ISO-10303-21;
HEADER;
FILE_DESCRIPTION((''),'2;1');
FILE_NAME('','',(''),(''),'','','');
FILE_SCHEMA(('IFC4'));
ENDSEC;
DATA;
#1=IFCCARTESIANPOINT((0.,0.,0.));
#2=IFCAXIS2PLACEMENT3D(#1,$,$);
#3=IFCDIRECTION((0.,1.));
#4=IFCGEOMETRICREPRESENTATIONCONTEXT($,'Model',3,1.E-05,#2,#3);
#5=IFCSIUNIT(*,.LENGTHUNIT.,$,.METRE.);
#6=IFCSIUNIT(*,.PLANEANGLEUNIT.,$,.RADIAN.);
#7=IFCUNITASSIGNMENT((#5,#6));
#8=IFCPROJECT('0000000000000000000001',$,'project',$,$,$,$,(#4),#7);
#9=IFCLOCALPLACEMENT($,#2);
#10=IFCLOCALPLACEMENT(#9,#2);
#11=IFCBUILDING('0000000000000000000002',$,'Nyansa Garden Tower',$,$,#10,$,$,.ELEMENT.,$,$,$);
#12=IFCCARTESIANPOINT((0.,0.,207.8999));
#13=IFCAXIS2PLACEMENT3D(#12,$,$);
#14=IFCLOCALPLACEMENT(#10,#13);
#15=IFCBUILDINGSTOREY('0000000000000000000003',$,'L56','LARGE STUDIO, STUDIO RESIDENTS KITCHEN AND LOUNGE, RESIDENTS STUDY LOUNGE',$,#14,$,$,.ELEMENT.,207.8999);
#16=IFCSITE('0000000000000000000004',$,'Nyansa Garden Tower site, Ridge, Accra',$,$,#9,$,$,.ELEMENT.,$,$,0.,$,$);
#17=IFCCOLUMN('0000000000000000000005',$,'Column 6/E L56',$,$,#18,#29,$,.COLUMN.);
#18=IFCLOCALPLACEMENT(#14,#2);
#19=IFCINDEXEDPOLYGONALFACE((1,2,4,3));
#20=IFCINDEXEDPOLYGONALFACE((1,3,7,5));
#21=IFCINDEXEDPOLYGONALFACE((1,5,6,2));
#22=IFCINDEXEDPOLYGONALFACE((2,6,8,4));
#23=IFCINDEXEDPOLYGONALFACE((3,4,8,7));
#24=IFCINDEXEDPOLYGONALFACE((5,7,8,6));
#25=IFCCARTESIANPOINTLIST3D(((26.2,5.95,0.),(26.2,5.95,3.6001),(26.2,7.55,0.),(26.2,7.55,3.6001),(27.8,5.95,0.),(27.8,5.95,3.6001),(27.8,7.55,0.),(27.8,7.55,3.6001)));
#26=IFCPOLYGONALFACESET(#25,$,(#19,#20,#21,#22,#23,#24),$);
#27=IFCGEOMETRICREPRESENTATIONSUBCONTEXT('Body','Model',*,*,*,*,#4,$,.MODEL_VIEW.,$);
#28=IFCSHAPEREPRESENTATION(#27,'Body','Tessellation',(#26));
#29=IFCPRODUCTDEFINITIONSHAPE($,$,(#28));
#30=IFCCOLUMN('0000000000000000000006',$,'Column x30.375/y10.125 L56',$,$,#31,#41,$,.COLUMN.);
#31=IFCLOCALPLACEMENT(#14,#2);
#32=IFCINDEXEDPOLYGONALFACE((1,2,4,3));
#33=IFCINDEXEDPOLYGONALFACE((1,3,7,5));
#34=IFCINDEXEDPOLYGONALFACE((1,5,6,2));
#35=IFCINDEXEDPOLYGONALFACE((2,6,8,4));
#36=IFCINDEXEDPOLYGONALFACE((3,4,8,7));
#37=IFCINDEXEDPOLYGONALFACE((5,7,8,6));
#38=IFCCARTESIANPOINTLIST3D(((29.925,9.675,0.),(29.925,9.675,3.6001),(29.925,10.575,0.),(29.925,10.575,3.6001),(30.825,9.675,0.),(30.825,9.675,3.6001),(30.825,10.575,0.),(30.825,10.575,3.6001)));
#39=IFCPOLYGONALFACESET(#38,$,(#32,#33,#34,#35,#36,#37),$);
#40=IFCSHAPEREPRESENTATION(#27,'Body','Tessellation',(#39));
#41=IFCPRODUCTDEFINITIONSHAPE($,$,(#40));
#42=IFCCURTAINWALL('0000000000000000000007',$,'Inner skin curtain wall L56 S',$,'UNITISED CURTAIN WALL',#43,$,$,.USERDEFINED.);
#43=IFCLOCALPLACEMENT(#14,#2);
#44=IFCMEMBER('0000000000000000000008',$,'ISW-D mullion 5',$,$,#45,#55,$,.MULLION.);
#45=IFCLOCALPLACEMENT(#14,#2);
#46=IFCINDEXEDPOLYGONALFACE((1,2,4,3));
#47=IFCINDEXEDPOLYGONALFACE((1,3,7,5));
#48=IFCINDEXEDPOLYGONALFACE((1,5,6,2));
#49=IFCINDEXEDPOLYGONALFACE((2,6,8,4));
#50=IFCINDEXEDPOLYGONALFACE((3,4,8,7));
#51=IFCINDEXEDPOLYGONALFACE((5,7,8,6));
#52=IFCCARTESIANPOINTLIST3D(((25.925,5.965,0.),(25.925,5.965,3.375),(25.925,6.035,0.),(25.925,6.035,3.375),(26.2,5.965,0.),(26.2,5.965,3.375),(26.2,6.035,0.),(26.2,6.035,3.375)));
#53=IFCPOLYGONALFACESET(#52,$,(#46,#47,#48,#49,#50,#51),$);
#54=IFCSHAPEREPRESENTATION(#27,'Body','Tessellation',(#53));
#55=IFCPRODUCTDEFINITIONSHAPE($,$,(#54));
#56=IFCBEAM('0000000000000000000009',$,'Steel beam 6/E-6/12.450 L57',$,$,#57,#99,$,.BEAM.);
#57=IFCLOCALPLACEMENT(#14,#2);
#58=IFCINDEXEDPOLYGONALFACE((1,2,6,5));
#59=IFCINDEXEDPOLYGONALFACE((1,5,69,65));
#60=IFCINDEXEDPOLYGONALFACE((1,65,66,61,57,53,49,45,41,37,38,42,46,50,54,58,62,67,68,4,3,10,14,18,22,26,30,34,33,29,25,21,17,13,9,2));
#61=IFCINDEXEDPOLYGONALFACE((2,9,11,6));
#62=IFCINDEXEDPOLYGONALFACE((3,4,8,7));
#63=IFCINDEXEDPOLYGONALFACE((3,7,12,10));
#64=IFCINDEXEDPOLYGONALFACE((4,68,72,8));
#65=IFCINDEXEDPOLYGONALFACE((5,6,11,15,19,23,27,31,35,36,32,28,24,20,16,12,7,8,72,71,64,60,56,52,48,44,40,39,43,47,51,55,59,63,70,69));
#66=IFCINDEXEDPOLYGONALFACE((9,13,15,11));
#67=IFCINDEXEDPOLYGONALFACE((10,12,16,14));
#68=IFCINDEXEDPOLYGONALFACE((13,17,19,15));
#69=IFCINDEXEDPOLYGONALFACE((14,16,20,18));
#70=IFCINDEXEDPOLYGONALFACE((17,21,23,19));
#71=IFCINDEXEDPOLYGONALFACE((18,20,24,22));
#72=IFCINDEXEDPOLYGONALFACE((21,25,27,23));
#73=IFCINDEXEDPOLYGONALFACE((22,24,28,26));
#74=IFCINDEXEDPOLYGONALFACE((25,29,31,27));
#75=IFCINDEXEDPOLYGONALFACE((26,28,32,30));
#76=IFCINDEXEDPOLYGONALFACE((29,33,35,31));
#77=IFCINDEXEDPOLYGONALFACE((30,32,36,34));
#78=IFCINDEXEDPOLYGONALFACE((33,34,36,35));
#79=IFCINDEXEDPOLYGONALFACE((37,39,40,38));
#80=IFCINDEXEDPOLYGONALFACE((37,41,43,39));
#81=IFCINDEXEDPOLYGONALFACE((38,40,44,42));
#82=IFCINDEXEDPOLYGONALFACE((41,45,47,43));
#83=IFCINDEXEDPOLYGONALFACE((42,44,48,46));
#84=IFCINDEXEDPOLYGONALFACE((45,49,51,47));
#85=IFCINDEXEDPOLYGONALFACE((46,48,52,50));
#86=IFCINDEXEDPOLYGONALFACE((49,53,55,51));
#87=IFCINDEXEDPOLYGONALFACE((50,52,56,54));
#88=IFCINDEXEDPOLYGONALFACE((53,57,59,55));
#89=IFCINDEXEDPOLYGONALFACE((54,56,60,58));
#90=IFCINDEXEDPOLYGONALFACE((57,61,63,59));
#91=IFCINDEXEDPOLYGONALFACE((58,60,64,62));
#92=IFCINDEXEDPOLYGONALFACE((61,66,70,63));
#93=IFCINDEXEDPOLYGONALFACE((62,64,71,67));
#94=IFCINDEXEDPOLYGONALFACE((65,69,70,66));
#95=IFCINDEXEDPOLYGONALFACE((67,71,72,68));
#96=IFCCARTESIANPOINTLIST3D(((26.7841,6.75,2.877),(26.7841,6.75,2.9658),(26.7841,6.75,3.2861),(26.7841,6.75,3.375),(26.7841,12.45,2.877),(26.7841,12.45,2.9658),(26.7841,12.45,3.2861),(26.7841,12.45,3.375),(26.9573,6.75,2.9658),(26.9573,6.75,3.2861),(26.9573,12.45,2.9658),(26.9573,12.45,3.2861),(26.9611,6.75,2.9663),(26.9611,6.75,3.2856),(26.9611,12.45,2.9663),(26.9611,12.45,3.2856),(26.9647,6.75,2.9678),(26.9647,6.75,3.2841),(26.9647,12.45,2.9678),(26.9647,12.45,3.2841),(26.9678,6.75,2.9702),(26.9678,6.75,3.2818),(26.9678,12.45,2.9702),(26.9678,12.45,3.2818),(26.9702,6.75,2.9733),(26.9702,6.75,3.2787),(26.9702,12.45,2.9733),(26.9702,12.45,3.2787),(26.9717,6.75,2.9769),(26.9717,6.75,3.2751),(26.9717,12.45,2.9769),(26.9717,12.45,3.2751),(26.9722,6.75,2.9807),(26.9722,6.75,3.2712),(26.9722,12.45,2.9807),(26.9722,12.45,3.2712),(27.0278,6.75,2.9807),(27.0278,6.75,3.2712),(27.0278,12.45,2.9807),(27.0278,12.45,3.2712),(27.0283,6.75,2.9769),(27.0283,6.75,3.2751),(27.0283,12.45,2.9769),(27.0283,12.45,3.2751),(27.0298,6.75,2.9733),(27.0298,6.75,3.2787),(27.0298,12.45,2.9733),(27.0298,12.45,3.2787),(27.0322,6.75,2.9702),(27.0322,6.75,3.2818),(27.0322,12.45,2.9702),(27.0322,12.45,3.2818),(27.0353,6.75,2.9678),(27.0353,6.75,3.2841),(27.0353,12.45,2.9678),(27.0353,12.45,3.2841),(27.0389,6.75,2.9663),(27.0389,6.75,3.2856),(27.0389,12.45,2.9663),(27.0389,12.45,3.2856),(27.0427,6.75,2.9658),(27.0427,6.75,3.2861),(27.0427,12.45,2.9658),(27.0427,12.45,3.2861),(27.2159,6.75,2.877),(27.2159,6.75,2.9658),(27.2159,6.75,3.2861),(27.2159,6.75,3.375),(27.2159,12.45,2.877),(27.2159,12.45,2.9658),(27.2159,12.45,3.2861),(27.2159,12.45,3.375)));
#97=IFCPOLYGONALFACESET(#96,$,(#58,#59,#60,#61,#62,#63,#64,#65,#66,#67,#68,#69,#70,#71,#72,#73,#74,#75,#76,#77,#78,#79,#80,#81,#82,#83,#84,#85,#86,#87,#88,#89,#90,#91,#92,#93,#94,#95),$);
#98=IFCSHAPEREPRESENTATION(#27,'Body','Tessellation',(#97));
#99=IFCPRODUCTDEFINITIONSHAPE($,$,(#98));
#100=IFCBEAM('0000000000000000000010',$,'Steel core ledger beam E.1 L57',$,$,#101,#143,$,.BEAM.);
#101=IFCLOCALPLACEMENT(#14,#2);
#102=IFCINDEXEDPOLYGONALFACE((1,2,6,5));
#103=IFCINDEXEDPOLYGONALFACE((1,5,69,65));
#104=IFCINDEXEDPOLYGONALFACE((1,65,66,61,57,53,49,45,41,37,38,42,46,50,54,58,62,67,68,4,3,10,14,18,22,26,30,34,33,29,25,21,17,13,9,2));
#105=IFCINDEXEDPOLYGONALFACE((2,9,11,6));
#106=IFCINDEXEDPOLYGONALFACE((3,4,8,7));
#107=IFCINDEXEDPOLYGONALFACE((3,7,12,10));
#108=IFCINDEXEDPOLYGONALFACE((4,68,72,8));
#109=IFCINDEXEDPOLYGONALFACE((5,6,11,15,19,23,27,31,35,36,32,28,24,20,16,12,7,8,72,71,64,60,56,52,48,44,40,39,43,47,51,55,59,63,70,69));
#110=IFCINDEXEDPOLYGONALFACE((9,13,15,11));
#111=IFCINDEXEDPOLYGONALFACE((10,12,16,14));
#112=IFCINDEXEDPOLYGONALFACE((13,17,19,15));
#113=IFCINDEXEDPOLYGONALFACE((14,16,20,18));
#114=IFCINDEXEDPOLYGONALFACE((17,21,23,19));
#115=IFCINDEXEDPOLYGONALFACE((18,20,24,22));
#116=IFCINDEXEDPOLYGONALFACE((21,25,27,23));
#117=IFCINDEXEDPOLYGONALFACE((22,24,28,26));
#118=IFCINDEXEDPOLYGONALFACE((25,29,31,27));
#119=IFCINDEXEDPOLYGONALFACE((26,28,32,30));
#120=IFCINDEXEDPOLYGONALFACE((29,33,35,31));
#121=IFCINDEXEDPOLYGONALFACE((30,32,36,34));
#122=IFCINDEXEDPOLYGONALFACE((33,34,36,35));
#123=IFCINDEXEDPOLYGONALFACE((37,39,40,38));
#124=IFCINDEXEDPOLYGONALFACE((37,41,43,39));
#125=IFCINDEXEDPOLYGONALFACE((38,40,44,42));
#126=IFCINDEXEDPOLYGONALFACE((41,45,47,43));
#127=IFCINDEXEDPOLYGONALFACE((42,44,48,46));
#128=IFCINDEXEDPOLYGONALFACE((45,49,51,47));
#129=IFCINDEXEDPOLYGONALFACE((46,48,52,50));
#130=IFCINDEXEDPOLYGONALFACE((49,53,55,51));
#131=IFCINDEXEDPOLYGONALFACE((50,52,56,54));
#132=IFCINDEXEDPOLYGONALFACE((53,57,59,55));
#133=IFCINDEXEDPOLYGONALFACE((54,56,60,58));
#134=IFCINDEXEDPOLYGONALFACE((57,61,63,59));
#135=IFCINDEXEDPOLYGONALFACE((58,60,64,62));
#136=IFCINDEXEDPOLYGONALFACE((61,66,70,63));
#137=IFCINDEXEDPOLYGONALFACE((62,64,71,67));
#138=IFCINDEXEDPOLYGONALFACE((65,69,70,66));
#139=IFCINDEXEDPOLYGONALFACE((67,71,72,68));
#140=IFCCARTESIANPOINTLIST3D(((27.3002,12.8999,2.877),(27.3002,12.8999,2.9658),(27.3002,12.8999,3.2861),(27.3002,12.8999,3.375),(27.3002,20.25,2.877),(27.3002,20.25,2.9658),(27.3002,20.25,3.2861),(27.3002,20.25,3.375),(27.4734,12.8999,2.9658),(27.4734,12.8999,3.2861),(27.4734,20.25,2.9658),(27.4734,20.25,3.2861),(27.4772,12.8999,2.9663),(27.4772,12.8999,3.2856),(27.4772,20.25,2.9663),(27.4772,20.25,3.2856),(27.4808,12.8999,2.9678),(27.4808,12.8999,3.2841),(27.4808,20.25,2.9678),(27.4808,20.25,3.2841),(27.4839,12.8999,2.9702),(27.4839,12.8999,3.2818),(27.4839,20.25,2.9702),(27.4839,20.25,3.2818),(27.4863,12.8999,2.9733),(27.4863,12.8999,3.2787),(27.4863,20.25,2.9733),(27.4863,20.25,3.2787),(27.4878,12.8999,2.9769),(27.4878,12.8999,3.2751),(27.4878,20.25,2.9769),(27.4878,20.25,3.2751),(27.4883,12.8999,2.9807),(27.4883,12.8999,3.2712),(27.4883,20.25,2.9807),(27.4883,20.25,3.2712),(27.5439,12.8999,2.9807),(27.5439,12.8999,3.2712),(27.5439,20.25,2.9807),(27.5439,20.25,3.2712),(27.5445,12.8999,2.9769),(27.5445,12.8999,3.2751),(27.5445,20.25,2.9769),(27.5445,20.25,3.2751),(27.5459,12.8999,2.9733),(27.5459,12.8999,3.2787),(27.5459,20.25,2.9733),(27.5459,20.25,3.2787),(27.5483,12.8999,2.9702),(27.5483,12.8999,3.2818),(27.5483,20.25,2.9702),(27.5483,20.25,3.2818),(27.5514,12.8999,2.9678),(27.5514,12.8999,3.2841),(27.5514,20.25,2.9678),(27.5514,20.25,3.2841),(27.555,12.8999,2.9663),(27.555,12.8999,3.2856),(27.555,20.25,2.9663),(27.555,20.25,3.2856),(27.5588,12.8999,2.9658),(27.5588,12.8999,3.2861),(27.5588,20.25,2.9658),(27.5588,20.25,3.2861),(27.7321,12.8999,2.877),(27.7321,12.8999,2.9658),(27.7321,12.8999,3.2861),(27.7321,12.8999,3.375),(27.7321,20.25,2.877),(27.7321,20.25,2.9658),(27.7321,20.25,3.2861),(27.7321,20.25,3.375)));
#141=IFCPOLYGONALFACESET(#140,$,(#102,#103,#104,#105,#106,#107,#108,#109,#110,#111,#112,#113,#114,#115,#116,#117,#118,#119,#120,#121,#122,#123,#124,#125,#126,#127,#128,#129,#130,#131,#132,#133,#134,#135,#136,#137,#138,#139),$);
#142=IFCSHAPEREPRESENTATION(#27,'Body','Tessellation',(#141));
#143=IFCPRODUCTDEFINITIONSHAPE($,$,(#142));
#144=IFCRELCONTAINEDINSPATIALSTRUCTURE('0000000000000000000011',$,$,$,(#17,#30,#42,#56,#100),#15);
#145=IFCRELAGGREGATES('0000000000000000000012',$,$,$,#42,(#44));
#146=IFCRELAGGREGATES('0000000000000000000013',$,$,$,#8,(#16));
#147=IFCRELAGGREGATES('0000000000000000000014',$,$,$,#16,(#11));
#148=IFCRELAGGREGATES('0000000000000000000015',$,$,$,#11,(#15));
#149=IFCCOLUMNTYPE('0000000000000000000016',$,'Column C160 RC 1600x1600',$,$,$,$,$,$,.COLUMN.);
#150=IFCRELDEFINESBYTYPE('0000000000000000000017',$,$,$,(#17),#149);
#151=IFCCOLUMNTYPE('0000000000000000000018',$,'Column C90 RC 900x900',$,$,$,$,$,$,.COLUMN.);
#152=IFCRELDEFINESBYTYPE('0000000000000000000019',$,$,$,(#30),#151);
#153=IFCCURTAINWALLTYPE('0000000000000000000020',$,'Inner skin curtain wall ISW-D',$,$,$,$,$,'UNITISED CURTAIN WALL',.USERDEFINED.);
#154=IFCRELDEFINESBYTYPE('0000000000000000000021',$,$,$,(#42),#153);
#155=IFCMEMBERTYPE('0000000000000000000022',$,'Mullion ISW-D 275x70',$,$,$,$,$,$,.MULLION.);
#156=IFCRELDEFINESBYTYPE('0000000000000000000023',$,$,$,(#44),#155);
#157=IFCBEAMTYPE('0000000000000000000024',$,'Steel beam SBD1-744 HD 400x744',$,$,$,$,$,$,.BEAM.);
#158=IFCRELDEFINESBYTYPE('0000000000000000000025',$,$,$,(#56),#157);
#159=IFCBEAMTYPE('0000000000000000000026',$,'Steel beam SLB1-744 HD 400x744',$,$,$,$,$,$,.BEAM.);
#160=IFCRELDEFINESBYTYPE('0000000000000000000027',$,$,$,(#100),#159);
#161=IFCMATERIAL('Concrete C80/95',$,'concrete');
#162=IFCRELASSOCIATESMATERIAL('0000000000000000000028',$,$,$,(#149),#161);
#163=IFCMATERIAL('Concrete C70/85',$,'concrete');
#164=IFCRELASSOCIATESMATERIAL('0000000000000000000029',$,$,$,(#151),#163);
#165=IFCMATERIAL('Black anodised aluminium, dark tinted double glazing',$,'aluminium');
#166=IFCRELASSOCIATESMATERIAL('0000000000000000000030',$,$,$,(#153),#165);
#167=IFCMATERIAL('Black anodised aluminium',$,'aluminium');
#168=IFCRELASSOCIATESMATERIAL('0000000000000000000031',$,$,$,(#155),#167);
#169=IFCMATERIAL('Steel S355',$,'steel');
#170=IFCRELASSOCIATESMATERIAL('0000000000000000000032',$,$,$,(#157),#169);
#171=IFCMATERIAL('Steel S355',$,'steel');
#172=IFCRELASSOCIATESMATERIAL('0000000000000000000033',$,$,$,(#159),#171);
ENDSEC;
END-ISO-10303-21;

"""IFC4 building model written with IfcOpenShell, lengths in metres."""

from ifc_helpers import new_model, si_unit, direction, frame, origin, origin_2d, place, context, subcontext, project, spatial, rectangle, i_section, extrude, material, material_profile, profile_set, type_object, element, aggregate, save


model = new_model("IFC4")

# Units and contexts
model_context = context("Model", 3, precision=1e-05, world=origin(), true_north=direction((0.0, 1.0)))
body_context = subcontext(model_context, "Body", "Model", "MODEL_VIEW")
ifc_project = project(units=[si_unit("LENGTHUNIT", "METRE"), si_unit("PLANEANGLEUNIT", "RADIAN")], contexts=[model_context])

# Site, building, storey
site_placement = place(None, origin())
site = spatial("IfcSite", under=ifc_project, at=site_placement, Name="Nyansa Garden Tower site, Ridge, Accra", CompositionType="ELEMENT", RefElevation=0.0)
building_placement = place(site_placement, origin())
building = spatial("IfcBuilding", under=site, at=building_placement, Name="Nyansa Garden Tower", CompositionType="ELEMENT")
storey_placement = place(building_placement, frame((0.0, 0.0, 207.8999)))
storey = spatial("IfcBuildingStorey", under=building, at=storey_placement, Name="L56", Description="LARGE STUDIO, STUDIO RESIDENTS KITCHEN AND LOUNGE, RESIDENTS STUDY LOUNGE", CompositionType="ELEMENT", Elevation=207.8999)

# Columns
ifc_material_1 = material(Name="Concrete C80/95", Category="concrete")
ifc_material_profile_1 = material_profile(ifc_material_1, rectangle(XDim=1.6001, YDim=1.6001, at=origin_2d()), Name="RC 1600x1600")
ifc_profile_set_1 = profile_set([ifc_material_profile_1], Name="Concrete C80/95")
column_type_1 = type_object("IfcColumnType", Name="Column C160 RC 1600x1600", PredefinedType="COLUMN", material=ifc_profile_set_1)
column_1_placement = place(storey_placement, frame((27.0, 6.75, 0.0), z_axis=(0.0, 0.0, 1.0), x_axis=(1.0, 0.0, 0.0)))
element("IfcColumn", 1, at=column_1_placement, inside=storey, type_object=column_type_1, Name="Column 6/E L56", PredefinedType="COLUMN", context=body_context, shape_type="SweptSolid", body=[
    extrude(rectangle(XDim=1.6001, YDim=1.6001, at=origin_2d()), origin(), (0.0, 0.0, 1.0), 3.6001),
])
ifc_material_2 = material(Name="Concrete C70/85", Category="concrete")
ifc_material_profile_2 = material_profile(ifc_material_2, rectangle(XDim=0.8999, YDim=0.8999, at=origin_2d()), Name="RC 900x900")
ifc_profile_set_2 = profile_set([ifc_material_profile_2], Name="Concrete C70/85")
column_type_2 = type_object("IfcColumnType", Name="Column C90 RC 900x900", PredefinedType="COLUMN", material=ifc_profile_set_2)
column_2_placement = place(storey_placement, frame((30.375, 10.125, 0.0), z_axis=(0.0, 0.0, 1.0), x_axis=(1.0, 0.0, 0.0)))
element("IfcColumn", 2, at=column_2_placement, inside=storey, type_object=column_type_2, Name="Column x30.375/y10.125 L56", PredefinedType="COLUMN", context=body_context, shape_type="SweptSolid", body=[
    extrude(rectangle(XDim=0.8999, YDim=0.8999, at=origin_2d()), origin(), (0.0, 0.0, 1.0), 3.6001),
])

# Curtain wall, member
ifc_material_3 = material(Name="Black anodised aluminium, dark tinted double glazing", Category="aluminium")
curtain_wall_type = type_object("IfcCurtainWallType", Name="Inner skin curtain wall ISW-D", ElementType="UNITISED CURTAIN WALL", PredefinedType="USERDEFINED", material=ifc_material_3)
curtain_wall_placement = place(storey_placement, origin())
curtain_wall = element("IfcCurtainWall", 3, at=curtain_wall_placement, inside=storey, type_object=curtain_wall_type, Name="Inner skin curtain wall L56 S", ObjectType="UNITISED CURTAIN WALL", PredefinedType="USERDEFINED")
ifc_material_4 = material(Name="Black anodised aluminium", Category="aluminium")
ifc_material_profile_3 = material_profile(ifc_material_4, rectangle(XDim=0.0701, YDim=0.2749, at=origin_2d()), Name="Mullion 275x70")
ifc_profile_set_3 = profile_set([ifc_material_profile_3], Name="Black anodised aluminium")
member_type = type_object("IfcMemberType", Name="Mullion ISW-D 275x70", PredefinedType="MULLION", material=ifc_profile_set_3)
member_placement = place(storey_placement, frame((26.0625, 6.0, 0.0), z_axis=(0.0, 0.0, 1.0), x_axis=(0.0, 1.0, 0.0)))
member = element("IfcMember", 4, at=member_placement, type_object=member_type, Name="ISW-D mullion 5", PredefinedType="MULLION", context=body_context, shape_type="SweptSolid", body=[
    extrude(rectangle(XDim=0.0701, YDim=0.2749, at=origin_2d()), origin(), (0.0, 0.0, 1.0), 3.375),
])

# Beams
ifc_material_5 = material(Name="Steel S355", Category="steel")
ifc_material_profile_4 = material_profile(ifc_material_5, i_section(OverallWidth=0.4319, OverallDepth=0.498, WebThickness=0.0557, FlangeThickness=0.0889, FilletRadius=0.0149, at=origin_2d()), Name="HD 400x744")
ifc_profile_set_4 = profile_set([ifc_material_profile_4], Name="Steel S355")
beam_type_1 = type_object("IfcBeamType", Name="Steel beam SBD1-744 HD 400x744", PredefinedType="BEAM", material=ifc_profile_set_4)
beam_1_placement = place(storey_placement, frame((27.0, 6.75, 3.126), z_axis=(0.0, 1.0, 0.0), x_axis=(-1.0, 0.0, 0.0)))
element("IfcBeam", 5, at=beam_1_placement, inside=storey, type_object=beam_type_1, Name="Steel beam 6/E-6/12.450 L57", PredefinedType="BEAM", context=body_context, shape_type="SweptSolid", body=[
    extrude(i_section(OverallWidth=0.4319, OverallDepth=0.498, WebThickness=0.0557, FlangeThickness=0.0889, FilletRadius=0.0149, at=origin_2d()), origin(), (0.0, 0.0, 1.0), 5.7),
])
ifc_material_6 = material(Name="Steel S355", Category="steel")
ifc_material_profile_5 = material_profile(ifc_material_6, i_section(OverallWidth=0.4319, OverallDepth=0.498, WebThickness=0.0557, FlangeThickness=0.0889, FilletRadius=0.0149, at=origin_2d()), Name="HD 400x744")
ifc_profile_set_5 = profile_set([ifc_material_profile_5], Name="Steel S355")
beam_type_2 = type_object("IfcBeamType", Name="Steel beam SLB1-744 HD 400x744", PredefinedType="BEAM", material=ifc_profile_set_5)
beam_2_placement = place(storey_placement, frame((27.5161, 12.8999, 3.126), z_axis=(0.0, 1.0, 0.0), x_axis=(-1.0, 0.0, 0.0)))
element("IfcBeam", 6, at=beam_2_placement, inside=storey, type_object=beam_type_2, Name="Steel core ledger beam E.1 L57", PredefinedType="BEAM", context=body_context, shape_type="SweptSolid", body=[
    extrude(i_section(OverallWidth=0.4319, OverallDepth=0.498, WebThickness=0.0557, FlangeThickness=0.0889, FilletRadius=0.0149, at=origin_2d()), origin(), (0.0, 0.0, 1.0), 7.3501),
])

aggregate(curtain_wall, [member])

save(model, "model.ifc")
